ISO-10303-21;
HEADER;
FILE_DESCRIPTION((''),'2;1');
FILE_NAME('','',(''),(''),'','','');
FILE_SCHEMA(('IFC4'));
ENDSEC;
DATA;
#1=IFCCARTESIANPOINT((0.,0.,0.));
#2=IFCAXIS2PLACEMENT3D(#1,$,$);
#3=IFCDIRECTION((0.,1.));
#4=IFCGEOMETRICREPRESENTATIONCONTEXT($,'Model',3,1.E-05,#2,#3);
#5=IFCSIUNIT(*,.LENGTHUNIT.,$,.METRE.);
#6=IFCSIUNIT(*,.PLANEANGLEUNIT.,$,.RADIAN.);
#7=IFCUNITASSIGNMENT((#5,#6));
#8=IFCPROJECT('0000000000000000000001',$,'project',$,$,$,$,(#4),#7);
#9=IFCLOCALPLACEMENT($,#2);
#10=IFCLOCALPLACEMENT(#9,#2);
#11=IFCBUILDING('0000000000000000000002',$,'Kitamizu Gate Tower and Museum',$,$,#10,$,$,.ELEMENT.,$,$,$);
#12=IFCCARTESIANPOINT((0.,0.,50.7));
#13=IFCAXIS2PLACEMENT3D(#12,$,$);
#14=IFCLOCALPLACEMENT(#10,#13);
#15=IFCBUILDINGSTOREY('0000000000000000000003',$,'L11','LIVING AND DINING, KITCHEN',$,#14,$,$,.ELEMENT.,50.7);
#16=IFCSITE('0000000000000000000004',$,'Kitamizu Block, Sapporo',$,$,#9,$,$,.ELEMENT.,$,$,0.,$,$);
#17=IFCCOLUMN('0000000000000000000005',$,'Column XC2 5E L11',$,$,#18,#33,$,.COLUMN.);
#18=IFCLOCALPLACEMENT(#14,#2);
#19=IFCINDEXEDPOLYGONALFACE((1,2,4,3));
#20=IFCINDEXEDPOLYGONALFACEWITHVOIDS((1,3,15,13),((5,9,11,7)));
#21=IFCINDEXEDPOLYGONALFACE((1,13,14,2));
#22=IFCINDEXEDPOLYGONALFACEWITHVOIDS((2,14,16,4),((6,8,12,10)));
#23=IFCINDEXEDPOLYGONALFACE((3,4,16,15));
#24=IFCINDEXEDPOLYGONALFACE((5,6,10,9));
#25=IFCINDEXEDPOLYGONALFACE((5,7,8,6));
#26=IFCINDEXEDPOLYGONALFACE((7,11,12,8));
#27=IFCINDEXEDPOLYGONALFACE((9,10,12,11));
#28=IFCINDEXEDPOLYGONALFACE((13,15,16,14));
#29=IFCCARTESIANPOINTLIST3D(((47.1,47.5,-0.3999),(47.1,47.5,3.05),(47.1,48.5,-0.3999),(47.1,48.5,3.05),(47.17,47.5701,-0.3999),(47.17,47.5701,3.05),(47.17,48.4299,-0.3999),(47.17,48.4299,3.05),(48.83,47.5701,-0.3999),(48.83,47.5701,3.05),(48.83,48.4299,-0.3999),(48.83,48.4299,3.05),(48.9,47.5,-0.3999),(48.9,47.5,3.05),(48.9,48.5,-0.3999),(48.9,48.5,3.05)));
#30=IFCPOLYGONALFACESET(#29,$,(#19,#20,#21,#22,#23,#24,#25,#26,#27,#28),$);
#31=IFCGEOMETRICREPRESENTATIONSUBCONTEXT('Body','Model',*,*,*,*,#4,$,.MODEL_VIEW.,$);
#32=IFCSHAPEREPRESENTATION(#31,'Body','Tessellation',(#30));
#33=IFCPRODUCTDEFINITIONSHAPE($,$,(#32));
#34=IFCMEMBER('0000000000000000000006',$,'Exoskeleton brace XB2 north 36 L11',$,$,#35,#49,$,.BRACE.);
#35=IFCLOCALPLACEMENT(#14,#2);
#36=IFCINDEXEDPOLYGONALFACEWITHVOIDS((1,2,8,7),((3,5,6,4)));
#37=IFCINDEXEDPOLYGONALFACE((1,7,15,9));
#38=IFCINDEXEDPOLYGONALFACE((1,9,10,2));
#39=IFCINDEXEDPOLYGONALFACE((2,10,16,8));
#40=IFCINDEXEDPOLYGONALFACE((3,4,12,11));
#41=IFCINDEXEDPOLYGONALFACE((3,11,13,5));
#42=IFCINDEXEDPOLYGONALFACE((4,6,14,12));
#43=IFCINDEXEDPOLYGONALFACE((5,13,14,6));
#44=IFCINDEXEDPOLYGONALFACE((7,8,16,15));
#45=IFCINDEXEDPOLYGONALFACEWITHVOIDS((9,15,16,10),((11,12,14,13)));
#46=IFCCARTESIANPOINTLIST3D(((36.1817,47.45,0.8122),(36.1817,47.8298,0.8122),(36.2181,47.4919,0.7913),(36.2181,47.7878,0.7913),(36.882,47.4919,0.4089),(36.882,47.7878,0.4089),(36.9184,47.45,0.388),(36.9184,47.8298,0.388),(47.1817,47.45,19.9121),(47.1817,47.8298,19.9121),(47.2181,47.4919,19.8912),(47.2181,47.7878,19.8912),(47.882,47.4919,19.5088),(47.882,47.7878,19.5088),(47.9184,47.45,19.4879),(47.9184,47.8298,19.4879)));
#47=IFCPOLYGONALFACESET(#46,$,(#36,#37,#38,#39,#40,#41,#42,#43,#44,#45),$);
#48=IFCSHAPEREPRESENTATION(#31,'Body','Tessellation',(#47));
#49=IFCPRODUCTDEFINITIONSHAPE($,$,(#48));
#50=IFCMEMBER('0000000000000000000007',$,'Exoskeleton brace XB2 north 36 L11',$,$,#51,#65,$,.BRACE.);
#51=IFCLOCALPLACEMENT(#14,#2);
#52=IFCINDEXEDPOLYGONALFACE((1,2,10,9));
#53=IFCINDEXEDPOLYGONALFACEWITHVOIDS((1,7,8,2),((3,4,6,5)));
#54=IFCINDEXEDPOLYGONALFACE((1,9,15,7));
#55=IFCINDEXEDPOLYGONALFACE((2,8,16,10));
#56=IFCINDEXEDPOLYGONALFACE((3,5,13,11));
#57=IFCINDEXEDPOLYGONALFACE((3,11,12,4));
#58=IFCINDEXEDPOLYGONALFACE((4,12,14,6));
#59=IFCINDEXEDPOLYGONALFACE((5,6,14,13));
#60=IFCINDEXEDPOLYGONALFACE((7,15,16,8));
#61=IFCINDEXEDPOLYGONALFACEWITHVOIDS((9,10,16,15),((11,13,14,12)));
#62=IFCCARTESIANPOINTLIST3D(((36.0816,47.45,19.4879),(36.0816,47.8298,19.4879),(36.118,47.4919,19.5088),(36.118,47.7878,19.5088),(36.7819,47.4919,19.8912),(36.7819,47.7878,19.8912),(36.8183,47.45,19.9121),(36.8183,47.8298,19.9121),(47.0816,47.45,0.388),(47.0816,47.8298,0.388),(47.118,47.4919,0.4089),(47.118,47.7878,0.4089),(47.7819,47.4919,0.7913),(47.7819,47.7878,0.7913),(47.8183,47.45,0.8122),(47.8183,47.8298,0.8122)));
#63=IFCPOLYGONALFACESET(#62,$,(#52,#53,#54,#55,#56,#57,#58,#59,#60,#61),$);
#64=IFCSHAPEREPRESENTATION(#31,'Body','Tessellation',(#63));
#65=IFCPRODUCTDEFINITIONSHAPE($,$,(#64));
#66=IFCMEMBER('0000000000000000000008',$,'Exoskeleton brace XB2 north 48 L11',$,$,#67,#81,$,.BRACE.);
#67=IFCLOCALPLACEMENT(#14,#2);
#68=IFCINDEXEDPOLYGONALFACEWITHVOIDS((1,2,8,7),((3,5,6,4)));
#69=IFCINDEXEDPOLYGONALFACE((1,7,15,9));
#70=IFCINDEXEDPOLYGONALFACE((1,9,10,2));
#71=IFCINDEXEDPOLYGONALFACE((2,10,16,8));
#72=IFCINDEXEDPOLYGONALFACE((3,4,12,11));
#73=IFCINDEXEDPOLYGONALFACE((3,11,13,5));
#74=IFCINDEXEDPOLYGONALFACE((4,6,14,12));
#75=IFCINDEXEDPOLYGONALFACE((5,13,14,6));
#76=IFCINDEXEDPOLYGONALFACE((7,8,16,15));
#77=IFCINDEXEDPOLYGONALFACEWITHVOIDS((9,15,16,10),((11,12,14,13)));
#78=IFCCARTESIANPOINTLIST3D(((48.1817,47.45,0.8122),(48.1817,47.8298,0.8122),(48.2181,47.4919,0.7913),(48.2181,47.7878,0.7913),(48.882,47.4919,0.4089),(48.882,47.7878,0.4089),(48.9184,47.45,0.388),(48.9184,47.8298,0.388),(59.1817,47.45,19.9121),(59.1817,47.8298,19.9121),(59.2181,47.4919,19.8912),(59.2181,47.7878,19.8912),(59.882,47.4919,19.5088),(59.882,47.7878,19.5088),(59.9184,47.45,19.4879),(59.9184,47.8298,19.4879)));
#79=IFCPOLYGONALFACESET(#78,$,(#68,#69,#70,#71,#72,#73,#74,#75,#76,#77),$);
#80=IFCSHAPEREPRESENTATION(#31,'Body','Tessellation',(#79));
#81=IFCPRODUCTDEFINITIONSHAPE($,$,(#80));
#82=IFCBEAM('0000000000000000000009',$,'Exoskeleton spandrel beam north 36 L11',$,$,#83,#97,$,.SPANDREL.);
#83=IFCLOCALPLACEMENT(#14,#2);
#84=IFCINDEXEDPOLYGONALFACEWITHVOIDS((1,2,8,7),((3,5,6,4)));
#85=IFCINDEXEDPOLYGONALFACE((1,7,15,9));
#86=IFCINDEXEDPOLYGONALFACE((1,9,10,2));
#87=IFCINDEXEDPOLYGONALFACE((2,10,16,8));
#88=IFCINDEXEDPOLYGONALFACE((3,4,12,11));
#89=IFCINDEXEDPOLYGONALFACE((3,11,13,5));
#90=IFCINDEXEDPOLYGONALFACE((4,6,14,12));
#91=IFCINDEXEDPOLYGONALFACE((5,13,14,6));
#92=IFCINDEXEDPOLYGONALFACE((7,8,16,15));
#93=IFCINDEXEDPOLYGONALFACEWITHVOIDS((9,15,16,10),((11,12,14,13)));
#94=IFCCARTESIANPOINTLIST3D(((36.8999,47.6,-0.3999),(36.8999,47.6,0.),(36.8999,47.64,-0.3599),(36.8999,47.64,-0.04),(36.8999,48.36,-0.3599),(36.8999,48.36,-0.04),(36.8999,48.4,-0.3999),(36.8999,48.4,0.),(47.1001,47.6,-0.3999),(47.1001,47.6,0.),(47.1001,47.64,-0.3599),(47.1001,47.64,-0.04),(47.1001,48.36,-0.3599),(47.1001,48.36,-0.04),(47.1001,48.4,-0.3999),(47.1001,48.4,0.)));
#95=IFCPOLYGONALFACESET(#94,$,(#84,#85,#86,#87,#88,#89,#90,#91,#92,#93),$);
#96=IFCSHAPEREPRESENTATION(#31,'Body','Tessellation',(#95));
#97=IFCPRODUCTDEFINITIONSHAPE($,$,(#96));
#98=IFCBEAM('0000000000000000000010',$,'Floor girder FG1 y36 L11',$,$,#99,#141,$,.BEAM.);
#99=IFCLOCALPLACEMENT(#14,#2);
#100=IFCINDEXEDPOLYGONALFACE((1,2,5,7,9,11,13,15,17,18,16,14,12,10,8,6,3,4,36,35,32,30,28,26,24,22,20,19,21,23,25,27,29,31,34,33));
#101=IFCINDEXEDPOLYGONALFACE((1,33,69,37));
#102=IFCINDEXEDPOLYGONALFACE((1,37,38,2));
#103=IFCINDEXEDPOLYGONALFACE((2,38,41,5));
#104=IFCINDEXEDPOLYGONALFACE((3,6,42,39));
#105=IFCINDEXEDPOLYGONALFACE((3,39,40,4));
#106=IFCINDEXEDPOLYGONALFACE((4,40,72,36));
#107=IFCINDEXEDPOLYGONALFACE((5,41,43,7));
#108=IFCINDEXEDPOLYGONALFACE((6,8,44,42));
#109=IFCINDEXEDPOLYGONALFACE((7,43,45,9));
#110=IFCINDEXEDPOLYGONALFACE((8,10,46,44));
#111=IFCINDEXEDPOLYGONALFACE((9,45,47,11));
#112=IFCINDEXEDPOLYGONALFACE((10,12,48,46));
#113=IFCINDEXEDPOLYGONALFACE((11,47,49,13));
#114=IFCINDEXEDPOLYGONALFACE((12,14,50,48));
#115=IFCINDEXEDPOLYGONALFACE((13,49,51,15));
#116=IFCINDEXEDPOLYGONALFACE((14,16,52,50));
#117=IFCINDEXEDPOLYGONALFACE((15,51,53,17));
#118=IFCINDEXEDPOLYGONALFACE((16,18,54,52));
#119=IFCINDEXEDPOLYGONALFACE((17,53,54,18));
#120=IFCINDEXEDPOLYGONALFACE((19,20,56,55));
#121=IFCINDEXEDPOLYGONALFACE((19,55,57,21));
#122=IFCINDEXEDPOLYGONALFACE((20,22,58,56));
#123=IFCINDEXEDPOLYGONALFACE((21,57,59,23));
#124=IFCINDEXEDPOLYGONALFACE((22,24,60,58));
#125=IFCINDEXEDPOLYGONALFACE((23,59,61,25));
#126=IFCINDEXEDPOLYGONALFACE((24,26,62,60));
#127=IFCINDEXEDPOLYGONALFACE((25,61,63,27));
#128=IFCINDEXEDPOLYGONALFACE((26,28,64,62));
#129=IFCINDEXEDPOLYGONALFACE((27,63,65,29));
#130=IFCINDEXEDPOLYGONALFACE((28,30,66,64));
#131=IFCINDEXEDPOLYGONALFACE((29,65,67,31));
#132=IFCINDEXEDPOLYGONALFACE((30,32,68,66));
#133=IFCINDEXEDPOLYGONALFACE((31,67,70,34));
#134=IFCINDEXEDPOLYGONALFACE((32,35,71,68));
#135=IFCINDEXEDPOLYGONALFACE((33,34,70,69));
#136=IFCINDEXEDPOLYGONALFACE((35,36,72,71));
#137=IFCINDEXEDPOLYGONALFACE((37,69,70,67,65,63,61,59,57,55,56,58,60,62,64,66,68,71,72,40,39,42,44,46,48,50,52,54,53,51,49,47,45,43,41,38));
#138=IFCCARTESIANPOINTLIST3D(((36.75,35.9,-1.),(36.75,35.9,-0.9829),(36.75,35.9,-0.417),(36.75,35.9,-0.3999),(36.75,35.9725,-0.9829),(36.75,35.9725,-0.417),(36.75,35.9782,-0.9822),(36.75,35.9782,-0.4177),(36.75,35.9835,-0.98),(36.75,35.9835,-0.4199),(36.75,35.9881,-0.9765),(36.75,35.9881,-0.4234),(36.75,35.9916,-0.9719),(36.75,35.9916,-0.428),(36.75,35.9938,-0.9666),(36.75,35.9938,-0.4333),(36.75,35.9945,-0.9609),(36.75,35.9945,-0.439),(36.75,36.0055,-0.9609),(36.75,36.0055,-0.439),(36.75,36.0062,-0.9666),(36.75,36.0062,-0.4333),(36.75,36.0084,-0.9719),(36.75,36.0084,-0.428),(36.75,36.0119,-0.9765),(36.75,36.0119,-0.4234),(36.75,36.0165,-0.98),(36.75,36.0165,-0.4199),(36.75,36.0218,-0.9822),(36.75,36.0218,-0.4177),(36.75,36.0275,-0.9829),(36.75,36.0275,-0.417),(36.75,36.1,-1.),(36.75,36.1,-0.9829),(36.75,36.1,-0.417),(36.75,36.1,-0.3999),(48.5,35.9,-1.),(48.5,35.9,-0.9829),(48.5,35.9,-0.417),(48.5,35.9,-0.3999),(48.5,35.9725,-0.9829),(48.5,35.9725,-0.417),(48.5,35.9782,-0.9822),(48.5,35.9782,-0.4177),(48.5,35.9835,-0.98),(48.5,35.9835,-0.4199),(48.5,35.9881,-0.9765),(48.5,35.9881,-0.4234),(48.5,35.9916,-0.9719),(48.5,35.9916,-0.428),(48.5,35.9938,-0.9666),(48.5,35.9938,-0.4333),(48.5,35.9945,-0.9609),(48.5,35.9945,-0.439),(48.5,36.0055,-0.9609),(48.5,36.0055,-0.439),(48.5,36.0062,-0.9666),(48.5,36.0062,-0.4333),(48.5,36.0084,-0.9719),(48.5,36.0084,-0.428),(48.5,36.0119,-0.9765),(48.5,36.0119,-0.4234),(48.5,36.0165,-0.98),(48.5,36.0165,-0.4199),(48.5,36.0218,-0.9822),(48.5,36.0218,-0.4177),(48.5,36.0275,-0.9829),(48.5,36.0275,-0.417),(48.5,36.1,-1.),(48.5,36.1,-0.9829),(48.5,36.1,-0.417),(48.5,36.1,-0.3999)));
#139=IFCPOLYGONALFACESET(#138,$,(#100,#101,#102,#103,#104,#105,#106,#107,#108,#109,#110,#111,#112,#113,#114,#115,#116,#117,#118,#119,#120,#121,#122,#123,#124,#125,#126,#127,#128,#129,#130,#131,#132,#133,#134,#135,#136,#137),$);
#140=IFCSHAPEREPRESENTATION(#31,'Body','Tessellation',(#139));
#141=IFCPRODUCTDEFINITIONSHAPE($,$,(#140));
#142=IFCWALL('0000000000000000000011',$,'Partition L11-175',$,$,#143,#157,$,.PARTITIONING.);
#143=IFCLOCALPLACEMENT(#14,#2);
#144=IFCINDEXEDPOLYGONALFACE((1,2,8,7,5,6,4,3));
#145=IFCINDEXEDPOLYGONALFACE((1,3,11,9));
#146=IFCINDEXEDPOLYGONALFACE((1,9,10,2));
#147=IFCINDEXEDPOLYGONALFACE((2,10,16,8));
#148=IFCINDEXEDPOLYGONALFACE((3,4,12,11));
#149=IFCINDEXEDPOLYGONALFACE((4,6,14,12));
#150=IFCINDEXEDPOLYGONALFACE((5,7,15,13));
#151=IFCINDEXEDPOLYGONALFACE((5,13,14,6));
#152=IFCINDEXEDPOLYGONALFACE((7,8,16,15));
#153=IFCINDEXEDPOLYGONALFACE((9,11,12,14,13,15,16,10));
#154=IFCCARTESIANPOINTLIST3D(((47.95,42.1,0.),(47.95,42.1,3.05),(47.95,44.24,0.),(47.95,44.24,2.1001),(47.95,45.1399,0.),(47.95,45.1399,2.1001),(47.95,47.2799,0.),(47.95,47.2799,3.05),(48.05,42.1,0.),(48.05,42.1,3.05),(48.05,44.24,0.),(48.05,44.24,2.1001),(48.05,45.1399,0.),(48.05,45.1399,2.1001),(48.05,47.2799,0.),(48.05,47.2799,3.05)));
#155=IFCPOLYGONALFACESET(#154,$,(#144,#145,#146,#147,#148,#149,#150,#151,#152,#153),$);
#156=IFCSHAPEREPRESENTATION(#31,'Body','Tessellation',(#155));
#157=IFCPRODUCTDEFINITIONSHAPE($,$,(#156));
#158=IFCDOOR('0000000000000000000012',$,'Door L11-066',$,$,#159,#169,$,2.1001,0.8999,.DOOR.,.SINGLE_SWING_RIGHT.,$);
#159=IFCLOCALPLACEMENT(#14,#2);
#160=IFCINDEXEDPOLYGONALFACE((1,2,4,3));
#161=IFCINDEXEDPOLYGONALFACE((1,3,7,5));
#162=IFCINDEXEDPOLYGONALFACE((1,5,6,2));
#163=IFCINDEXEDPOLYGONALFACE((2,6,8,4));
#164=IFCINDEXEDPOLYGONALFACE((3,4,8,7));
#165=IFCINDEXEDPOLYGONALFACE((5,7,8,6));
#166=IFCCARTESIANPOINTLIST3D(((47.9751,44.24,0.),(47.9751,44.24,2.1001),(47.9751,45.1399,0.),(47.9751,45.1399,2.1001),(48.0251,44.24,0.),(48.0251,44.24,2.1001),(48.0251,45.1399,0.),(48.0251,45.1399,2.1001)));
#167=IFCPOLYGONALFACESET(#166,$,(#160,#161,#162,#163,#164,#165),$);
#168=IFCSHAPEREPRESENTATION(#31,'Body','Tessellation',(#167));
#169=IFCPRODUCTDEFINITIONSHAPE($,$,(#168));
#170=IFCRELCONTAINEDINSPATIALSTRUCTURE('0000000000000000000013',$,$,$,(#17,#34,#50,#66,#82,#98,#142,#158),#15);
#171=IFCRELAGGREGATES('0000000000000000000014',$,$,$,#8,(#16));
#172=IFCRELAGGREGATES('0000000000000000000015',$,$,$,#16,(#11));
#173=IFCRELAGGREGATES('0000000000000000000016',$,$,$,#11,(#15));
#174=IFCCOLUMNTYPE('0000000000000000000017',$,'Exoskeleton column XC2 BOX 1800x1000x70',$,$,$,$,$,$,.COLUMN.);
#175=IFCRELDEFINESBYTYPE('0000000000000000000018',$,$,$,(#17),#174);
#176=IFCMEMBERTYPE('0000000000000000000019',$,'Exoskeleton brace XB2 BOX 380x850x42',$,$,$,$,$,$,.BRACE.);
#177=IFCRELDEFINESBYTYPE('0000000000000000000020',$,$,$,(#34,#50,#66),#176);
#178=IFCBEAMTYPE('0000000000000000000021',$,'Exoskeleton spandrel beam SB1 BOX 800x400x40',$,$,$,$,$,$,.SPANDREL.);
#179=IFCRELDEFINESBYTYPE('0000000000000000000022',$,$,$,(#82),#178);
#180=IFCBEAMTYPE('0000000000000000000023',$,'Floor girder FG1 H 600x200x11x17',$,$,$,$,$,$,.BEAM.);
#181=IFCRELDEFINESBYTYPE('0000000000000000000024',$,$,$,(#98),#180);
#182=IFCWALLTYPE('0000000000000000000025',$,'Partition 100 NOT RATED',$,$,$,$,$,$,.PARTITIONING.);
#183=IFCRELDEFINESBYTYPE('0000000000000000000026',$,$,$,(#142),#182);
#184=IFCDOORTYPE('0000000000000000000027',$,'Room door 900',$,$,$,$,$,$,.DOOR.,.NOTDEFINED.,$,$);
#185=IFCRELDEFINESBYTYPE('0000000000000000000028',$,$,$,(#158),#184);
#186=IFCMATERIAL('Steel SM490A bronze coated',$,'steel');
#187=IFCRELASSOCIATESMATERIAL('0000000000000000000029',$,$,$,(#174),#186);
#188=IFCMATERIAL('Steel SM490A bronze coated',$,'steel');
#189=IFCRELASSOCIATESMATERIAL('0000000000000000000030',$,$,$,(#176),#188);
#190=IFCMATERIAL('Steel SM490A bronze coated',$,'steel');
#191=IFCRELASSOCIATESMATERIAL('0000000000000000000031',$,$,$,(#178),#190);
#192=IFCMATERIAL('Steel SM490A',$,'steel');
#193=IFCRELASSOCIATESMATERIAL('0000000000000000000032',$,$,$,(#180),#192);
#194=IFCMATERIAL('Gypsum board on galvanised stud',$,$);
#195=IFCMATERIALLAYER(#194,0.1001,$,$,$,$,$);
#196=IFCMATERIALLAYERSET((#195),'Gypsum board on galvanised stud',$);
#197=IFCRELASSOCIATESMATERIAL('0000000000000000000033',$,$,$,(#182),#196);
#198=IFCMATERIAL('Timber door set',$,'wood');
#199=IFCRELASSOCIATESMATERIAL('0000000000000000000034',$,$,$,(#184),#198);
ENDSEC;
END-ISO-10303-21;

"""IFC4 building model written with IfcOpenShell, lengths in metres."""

from ifc_helpers import new_model, si_unit, direction, frame, frame_2d, origin, origin_2d, place, context, subcontext, project, spatial, rectangle, hollow_rectangle, i_section, extrude, material, layer, layer_set, material_profile, profile_set, type_object, element, fill, save


model = new_model("IFC4")

# Units and contexts
model_context = context("Model", 3, precision=1e-05, world=origin(), true_north=direction((0.0, 1.0)))
body_context = subcontext(model_context, "Body", "Model", "MODEL_VIEW")
ifc_project = project(units=[si_unit("LENGTHUNIT", "METRE"), si_unit("PLANEANGLEUNIT", "RADIAN")], contexts=[model_context])

# Site, building, storey
site_placement = place(None, origin())
site = spatial("IfcSite", under=ifc_project, at=site_placement, Name="Kitamizu Block, Sapporo", CompositionType="ELEMENT", RefElevation=0.0)
building_placement = place(site_placement, origin())
building = spatial("IfcBuilding", under=site, at=building_placement, Name="Kitamizu Gate Tower and Museum", CompositionType="ELEMENT")
storey_placement = place(building_placement, frame((0.0, 0.0, 50.7)))
storey = spatial("IfcBuildingStorey", under=building, at=storey_placement, Name="L11", Description="LIVING AND DINING, KITCHEN", CompositionType="ELEMENT", Elevation=50.7)

# Column
ifc_material_1 = material(Name="Steel SM490A bronze coated", Category="steel")
ifc_material_profile_1 = material_profile(ifc_material_1, hollow_rectangle(XDim=1.8, YDim=1.0, WallThickness=0.0701, at=origin_2d()), Name="BOX 1800x1000x70")
ifc_profile_set_1 = profile_set([ifc_material_profile_1], Name="Steel SM490A bronze coated")
column_type = type_object("IfcColumnType", Name="Exoskeleton column XC2 BOX 1800x1000x70", PredefinedType="COLUMN", material=ifc_profile_set_1)
column_placement = place(storey_placement, frame((48.0, 48.0, -0.3999), z_axis=(0.0, 0.0, 1.0), x_axis=(1.0, 0.0, 0.0)))
element("IfcColumn", 1, at=column_placement, inside=storey, type_object=column_type, Name="Column XC2 5E L11", PredefinedType="COLUMN", context=body_context, shape_type="SweptSolid", body=[
    extrude(hollow_rectangle(XDim=1.8, YDim=1.0, WallThickness=0.0701, at=origin_2d()), origin(), (0.0, 0.0, 1.0), 3.45),
])

# Members
ifc_material_2 = material(Name="Steel SM490A bronze coated", Category="steel")
ifc_material_profile_2 = material_profile(ifc_material_2, hollow_rectangle(XDim=0.3799, YDim=0.8501, WallThickness=0.042, at=origin_2d()), Name="BOX 380x850x42")
ifc_profile_set_2 = profile_set([ifc_material_profile_2], Name="Steel SM490A bronze coated")
member_type = type_object("IfcMemberType", Name="Exoskeleton brace XB2 BOX 380x850x42", PredefinedType="BRACE", material=ifc_profile_set_2)
for number, where, z_axis, x_axis, name in (
    (2, (36.55, 47.6399, 0.6001), (0.499071, 0.0, 0.866561), (0.0, 1.0, 0.0), "Exoskeleton brace XB2 north 36 L11"),
    (3, (47.45, 47.6399, 0.6001), (-0.499071, 0.0, 0.866561), (0.0, -1.0, 0.0), "Exoskeleton brace XB2 north 36 L11"),
    (4, (48.55, 47.6399, 0.6001), (0.499071, 0.0, 0.866561), (0.0, 1.0, 0.0), "Exoskeleton brace XB2 north 48 L11"),
):
    element("IfcMember", number, at=place(storey_placement, frame(where, z_axis=z_axis, x_axis=x_axis)), inside=storey, type_object=member_type, Name=name, PredefinedType="BRACE", context=body_context, shape_type="SweptSolid", body=[
        extrude(hollow_rectangle(XDim=0.3799, YDim=0.8501, WallThickness=0.042, at=origin_2d()), origin(), (0.0, 0.0, 1.0), 22.041),
    ])

# Beams
ifc_material_3 = material(Name="Steel SM490A bronze coated", Category="steel")
ifc_material_profile_3 = material_profile(ifc_material_3, hollow_rectangle(XDim=0.8, YDim=0.3999, WallThickness=0.04, at=origin_2d()), Name="BOX 800x400x40")
ifc_profile_set_3 = profile_set([ifc_material_profile_3], Name="Steel SM490A bronze coated")
beam_type_1 = type_object("IfcBeamType", Name="Exoskeleton spandrel beam SB1 BOX 800x400x40", PredefinedType="SPANDREL", material=ifc_profile_set_3)
beam_1_placement = place(storey_placement, frame((36.8999, 48.0, -0.2), z_axis=(1.0, 0.0, 0.0), x_axis=(0.0, 1.0, 0.0)))
element("IfcBeam", 5, at=beam_1_placement, inside=storey, type_object=beam_type_1, Name="Exoskeleton spandrel beam north 36 L11", PredefinedType="SPANDREL", context=body_context, shape_type="SweptSolid", body=[
    extrude(hollow_rectangle(XDim=0.8, YDim=0.3999, WallThickness=0.04, at=origin_2d()), origin(), (0.0, 0.0, 1.0), 10.2002),
])
ifc_material_4 = material(Name="Steel SM490A", Category="steel")
ifc_material_profile_4 = material_profile(ifc_material_4, i_section(OverallWidth=0.2, OverallDepth=0.6001, WebThickness=0.011, FlangeThickness=0.0171, FilletRadius=0.022, at=origin_2d()), Name="H-600x200x11x17")
ifc_profile_set_4 = profile_set([ifc_material_profile_4], Name="Steel SM490A")
beam_type_2 = type_object("IfcBeamType", Name="Floor girder FG1 H 600x200x11x17", PredefinedType="BEAM", material=ifc_profile_set_4)
beam_2_placement = place(storey_placement, frame((36.75, 36.0, -0.7), z_axis=(1.0, 0.0, 0.0), x_axis=(0.0, 1.0, 0.0)))
element("IfcBeam", 6, at=beam_2_placement, inside=storey, type_object=beam_type_2, Name="Floor girder FG1 y36 L11", PredefinedType="BEAM", context=body_context, shape_type="SweptSolid", body=[
    extrude(i_section(OverallWidth=0.2, OverallDepth=0.6001, WebThickness=0.011, FlangeThickness=0.0171, FilletRadius=0.022, at=origin_2d()), origin(), (0.0, 0.0, 1.0), 11.75),
])

# Wall, opening, door
ifc_material_5 = material(Name="Gypsum board on galvanised stud")
ifc_layer_1 = layer(ifc_material_5, 0.1001)
ifc_layer_set_1 = layer_set([ifc_layer_1], Name="Gypsum board on galvanised stud")
wall_type_1 = type_object("IfcWallType", Name="Partition 100 NOT RATED", PredefinedType="PARTITIONING", material=ifc_layer_set_1)
wall_1_placement = place(storey_placement, frame((48.0, 42.1001, 0.0), z_axis=(0.0, 0.0, 1.0), x_axis=(0.0, 1.0, 0.0)))
wall_1 = element("IfcWall", 7, at=wall_1_placement, inside=storey, type_object=wall_type_1, Name="Partition L11-175", PredefinedType="PARTITIONING", context=body_context, shape_type="SweptSolid", body=[
    extrude(rectangle(XDim=5.1799, YDim=0.1001, at=frame_2d((2.5898, 0.0))), origin(), (0.0, 0.0, 1.0), 3.05),
])
opening_1_placement = place(wall_1_placement, frame((2.1399, 0.0, 0.0)))
opening_1 = element("IfcOpeningElement", 8, at=opening_1_placement, cuts=wall_1, PredefinedType="OPENING", context=body_context, shape_type="SweptSolid", body=[
    extrude(rectangle(XDim=0.8999, YDim=2.1001, at=frame_2d((0.45, 1.05))), frame((0.0, 0.0601, 0.0), z_axis=(0.0, -1.0, 0.0), x_axis=(1.0, 0.0, 0.0)), (0.0, 0.0, 1.0), 0.1201),
])
ifc_material_6 = material(Name="Timber door set", Category="wood")
door_type_1 = type_object("IfcDoorType", Name="Room door 900", OperationType="NOTDEFINED", PredefinedType="DOOR", material=ifc_material_6)
door_1_placement = place(opening_1_placement, origin())
door_1 = element("IfcDoor", 9, at=door_1_placement, inside=storey, type_object=door_type_1, Name="Door L11-066", OperationType="SINGLE_SWING_RIGHT", OverallHeight=2.1001, OverallWidth=0.8999, PredefinedType="DOOR", context=body_context, shape_type="SweptSolid", body=[
    extrude(rectangle(XDim=0.8999, YDim=2.1001, at=frame_2d((0.45, 1.05))), frame((0.0, 0.0249, 0.0), z_axis=(0.0, -1.0, 0.0), x_axis=(1.0, 0.0, 0.0)), (0.0, 0.0, 1.0), 0.05),
])
fill(opening_1, door_1)

save(model, "model.ifc")
